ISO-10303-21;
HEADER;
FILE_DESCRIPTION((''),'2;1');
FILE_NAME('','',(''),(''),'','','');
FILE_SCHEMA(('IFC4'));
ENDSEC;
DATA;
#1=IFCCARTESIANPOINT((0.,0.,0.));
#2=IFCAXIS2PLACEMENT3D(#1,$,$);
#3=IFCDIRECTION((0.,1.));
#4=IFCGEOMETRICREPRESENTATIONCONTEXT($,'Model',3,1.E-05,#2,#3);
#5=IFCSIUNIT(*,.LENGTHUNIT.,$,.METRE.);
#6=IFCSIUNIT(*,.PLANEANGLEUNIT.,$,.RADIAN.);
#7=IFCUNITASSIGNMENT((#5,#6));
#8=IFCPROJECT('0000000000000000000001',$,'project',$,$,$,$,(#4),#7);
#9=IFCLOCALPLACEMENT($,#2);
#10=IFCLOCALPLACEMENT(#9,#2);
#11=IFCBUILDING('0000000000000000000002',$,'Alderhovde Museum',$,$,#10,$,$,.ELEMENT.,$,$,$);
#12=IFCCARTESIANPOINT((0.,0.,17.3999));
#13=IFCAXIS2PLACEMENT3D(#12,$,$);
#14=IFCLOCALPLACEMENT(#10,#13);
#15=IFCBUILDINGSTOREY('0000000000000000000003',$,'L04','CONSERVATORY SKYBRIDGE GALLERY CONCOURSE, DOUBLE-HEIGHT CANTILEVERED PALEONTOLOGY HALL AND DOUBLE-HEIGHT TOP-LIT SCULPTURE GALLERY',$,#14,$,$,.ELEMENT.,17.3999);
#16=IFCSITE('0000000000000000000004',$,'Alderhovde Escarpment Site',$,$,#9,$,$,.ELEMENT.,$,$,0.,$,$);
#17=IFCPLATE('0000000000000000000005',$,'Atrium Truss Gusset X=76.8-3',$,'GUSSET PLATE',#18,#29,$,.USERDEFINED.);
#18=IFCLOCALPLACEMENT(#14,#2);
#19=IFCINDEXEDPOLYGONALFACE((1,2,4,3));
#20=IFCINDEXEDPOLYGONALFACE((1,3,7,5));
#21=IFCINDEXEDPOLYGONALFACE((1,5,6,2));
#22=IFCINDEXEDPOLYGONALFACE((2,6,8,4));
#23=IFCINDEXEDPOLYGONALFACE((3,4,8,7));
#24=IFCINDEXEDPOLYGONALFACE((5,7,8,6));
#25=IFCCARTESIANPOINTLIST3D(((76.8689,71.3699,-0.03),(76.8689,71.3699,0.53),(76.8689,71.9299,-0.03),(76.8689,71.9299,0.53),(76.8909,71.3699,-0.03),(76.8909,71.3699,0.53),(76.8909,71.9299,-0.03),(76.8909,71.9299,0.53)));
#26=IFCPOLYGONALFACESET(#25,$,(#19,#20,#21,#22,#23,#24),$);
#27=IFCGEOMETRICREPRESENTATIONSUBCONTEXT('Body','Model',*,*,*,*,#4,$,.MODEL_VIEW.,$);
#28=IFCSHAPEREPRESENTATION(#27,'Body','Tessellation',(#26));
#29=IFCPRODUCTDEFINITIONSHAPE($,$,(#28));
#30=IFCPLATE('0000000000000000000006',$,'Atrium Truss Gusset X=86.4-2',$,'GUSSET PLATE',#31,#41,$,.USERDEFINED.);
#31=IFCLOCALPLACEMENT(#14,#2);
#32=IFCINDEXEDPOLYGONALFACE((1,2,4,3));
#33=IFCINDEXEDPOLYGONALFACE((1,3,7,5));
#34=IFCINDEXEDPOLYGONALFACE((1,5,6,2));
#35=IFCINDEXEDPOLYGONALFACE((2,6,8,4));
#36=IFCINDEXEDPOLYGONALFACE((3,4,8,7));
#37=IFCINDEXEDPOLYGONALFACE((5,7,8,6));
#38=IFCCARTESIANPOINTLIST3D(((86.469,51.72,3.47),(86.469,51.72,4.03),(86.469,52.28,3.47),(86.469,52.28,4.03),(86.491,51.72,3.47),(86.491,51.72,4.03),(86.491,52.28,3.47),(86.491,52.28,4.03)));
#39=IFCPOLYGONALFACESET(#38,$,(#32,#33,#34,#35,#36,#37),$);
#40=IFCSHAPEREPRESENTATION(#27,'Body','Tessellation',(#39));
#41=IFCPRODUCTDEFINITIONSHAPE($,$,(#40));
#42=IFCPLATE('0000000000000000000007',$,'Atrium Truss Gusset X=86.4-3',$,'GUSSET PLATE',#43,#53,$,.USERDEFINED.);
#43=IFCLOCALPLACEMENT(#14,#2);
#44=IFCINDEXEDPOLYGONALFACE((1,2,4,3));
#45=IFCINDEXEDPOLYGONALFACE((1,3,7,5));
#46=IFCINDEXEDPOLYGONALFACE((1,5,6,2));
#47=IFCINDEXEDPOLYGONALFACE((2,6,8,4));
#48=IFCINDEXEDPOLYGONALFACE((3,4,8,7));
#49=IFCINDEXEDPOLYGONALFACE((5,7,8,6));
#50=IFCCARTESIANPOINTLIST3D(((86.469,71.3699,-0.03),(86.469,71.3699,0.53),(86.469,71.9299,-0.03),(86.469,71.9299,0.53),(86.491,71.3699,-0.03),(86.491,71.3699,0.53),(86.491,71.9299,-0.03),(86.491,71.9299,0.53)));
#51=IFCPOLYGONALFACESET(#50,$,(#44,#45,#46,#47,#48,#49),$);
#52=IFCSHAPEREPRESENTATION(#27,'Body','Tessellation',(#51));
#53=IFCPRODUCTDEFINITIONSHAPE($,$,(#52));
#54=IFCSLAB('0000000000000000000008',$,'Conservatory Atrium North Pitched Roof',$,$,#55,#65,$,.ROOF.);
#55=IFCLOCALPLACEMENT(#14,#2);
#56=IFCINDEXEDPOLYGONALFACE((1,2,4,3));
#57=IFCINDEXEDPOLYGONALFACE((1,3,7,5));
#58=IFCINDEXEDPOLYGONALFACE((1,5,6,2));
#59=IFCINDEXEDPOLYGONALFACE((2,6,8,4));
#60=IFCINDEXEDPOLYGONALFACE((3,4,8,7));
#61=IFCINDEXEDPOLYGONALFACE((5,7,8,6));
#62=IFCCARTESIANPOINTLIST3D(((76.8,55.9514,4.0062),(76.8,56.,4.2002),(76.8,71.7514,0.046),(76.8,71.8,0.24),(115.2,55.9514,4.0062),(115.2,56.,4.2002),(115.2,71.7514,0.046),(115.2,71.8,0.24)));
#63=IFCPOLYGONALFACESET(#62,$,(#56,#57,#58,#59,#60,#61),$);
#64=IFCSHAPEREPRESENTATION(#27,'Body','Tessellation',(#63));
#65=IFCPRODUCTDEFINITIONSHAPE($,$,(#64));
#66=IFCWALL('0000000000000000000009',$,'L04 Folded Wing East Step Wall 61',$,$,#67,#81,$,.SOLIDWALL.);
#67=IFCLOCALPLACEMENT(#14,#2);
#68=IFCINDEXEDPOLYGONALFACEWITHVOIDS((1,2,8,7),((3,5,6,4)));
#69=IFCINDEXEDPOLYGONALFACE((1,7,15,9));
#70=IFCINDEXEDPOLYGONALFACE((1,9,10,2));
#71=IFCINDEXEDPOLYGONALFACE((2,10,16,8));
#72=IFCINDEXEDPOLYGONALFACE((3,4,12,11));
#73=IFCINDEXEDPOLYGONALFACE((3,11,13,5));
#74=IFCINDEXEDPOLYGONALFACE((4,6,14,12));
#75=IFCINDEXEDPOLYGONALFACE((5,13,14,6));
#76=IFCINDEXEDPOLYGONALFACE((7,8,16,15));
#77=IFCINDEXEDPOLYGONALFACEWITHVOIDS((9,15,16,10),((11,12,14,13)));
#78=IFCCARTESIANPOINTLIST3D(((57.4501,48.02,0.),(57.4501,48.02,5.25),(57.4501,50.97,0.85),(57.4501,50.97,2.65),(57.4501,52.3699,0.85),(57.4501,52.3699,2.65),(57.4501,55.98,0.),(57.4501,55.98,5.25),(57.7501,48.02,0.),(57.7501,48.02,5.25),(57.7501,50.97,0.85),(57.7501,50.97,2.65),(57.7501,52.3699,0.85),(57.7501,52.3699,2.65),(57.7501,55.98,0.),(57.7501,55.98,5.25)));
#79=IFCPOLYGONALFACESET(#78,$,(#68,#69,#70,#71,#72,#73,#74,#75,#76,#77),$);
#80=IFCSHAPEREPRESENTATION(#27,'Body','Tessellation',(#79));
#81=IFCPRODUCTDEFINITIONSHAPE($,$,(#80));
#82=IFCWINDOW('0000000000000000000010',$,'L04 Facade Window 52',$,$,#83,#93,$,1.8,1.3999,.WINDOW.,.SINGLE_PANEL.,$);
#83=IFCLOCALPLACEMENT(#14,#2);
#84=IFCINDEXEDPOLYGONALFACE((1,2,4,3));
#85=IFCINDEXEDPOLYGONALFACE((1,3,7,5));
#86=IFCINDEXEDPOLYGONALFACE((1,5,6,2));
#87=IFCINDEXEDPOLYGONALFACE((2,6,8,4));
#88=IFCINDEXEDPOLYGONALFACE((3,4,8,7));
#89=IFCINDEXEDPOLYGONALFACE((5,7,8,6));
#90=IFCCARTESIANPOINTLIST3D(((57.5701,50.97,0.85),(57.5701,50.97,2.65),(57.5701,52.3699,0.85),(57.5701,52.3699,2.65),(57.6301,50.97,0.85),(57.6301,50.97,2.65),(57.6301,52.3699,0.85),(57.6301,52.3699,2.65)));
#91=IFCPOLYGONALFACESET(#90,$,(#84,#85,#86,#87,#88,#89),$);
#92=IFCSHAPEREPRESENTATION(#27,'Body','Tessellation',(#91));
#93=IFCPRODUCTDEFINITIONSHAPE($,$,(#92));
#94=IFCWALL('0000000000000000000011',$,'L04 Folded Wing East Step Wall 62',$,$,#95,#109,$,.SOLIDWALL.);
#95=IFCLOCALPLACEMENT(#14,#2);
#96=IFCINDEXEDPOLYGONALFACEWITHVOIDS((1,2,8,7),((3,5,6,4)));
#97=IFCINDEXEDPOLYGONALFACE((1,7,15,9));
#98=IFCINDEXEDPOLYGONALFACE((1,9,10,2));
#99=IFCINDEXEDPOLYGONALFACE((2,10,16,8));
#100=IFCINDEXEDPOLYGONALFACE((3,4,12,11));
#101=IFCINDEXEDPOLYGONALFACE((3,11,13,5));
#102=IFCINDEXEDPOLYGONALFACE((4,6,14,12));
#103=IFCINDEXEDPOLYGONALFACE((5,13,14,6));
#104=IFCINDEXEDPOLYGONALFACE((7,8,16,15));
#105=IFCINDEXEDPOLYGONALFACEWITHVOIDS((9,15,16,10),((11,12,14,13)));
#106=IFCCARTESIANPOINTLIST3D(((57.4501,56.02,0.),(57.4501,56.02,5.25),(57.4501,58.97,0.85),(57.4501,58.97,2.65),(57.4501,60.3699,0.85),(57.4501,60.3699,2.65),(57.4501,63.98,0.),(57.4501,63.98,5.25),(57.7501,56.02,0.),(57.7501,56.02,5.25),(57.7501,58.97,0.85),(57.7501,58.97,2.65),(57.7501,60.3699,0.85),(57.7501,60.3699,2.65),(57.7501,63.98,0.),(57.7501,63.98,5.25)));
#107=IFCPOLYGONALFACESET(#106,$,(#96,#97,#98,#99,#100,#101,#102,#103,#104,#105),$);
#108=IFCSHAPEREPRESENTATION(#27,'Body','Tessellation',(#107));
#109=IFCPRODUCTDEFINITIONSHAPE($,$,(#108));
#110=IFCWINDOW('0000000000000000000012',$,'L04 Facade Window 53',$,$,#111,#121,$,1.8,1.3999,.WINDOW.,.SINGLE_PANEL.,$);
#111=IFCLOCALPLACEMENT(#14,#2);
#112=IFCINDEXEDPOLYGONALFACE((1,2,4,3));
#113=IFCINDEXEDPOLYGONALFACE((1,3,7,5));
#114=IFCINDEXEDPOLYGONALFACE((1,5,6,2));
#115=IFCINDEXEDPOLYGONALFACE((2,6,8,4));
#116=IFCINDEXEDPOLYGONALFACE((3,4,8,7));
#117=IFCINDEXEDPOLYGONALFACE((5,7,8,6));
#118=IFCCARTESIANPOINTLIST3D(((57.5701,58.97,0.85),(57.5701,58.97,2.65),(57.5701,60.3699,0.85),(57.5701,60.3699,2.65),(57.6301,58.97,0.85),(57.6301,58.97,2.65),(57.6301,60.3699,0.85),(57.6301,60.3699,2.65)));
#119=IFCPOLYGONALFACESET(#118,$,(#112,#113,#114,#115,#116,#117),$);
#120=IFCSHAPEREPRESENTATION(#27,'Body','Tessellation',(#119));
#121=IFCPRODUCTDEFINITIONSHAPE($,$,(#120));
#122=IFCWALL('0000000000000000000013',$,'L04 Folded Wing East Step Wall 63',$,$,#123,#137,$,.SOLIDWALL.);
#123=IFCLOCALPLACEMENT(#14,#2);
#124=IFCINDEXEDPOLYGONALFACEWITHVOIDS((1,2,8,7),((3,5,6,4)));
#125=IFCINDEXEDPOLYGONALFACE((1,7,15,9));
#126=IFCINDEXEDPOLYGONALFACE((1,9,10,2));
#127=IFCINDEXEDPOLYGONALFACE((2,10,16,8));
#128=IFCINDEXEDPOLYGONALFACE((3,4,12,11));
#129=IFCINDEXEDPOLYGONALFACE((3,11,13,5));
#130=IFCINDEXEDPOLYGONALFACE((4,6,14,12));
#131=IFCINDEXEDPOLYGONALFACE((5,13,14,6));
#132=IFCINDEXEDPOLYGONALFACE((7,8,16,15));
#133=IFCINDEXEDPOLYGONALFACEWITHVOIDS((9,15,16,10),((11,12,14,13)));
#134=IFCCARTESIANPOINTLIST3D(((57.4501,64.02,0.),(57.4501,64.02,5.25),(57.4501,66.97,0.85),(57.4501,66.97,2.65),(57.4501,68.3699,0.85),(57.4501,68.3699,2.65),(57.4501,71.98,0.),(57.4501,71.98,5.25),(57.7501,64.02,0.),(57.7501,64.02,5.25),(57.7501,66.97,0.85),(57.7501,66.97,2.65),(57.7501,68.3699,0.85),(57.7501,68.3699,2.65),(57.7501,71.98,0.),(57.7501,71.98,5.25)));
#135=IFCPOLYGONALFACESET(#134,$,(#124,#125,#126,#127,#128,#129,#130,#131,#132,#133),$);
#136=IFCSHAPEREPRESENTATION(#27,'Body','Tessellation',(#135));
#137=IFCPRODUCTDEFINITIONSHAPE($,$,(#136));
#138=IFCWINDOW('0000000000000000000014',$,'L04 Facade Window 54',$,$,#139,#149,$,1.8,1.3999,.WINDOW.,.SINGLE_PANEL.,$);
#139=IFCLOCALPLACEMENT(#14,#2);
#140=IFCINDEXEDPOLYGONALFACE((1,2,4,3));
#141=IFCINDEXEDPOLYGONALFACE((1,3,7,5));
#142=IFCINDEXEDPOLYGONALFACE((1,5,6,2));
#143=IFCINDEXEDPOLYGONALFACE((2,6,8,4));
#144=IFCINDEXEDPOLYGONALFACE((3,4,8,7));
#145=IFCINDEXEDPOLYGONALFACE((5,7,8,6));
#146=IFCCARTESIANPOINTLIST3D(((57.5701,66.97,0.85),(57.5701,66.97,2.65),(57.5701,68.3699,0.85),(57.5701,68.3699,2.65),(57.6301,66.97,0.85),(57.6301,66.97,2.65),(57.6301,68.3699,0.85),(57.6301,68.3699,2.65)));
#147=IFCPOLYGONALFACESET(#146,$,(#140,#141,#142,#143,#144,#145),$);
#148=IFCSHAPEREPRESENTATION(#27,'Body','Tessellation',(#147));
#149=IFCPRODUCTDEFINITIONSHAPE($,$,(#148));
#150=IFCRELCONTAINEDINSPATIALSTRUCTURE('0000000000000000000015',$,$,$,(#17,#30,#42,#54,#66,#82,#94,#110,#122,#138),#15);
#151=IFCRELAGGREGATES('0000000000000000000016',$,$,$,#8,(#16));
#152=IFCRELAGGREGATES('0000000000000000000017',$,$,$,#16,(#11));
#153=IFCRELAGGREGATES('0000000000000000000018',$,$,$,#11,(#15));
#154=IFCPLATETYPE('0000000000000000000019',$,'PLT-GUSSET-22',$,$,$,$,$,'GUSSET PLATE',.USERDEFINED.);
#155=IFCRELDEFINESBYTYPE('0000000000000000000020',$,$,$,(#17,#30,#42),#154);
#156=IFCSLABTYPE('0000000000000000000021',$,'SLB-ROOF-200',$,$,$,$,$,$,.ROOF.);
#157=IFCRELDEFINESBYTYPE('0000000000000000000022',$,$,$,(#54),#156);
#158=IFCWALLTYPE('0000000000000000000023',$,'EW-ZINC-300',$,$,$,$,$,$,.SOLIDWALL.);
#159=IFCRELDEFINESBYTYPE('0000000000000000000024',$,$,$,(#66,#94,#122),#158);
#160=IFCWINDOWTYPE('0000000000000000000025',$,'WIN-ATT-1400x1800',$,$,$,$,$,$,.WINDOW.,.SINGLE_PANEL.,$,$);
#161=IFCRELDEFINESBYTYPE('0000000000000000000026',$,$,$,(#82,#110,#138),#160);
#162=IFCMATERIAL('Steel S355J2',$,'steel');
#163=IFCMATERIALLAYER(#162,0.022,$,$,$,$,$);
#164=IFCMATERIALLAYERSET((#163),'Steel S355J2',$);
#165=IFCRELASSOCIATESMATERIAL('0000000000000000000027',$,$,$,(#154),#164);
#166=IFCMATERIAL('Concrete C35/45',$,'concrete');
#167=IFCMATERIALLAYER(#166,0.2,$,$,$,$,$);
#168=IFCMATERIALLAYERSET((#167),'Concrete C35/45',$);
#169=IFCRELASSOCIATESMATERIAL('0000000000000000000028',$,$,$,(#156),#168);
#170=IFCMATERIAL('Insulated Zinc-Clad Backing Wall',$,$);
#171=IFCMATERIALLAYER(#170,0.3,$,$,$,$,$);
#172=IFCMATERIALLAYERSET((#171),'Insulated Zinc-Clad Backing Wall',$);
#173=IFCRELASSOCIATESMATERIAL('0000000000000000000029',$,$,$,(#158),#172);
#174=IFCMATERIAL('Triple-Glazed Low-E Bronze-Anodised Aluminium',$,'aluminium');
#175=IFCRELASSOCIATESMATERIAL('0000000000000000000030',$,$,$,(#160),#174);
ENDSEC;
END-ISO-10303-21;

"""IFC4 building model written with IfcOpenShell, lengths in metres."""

from ifc_helpers import new_model, si_unit, direction, frame, frame_2d, origin, origin_2d, place, context, subcontext, project, spatial, polyline, rectangle, outline, extrude, material, layer, layer_set, type_object, element, fill, save


model = new_model("IFC4")

# Units and contexts
model_context = context("Model", 3, precision=1e-05, world=origin(), true_north=direction((0.0, 1.0)))
body_context = subcontext(model_context, "Body", "Model", "MODEL_VIEW")
ifc_project = project(units=[si_unit("LENGTHUNIT", "METRE"), si_unit("PLANEANGLEUNIT", "RADIAN")], contexts=[model_context])

# Site, building, storey
site_placement = place(None, origin())
site = spatial("IfcSite", under=ifc_project, at=site_placement, Name="Alderhovde Escarpment Site", CompositionType="ELEMENT", RefElevation=0.0)
building_placement = place(site_placement, origin())
building = spatial("IfcBuilding", under=site, at=building_placement, Name="Alderhovde Museum", CompositionType="ELEMENT")
storey_placement = place(building_placement, frame((0.0, 0.0, 17.3999)))
storey = spatial("IfcBuildingStorey", under=building, at=storey_placement, Name="L04", Description="CONSERVATORY SKYBRIDGE GALLERY CONCOURSE, DOUBLE-HEIGHT CANTILEVERED PALEONTOLOGY HALL AND DOUBLE-HEIGHT TOP-LIT SCULPTURE GALLERY", CompositionType="ELEMENT", Elevation=17.3999)

# Plates
ifc_material_1 = material(Name="Steel S355J2", Category="steel")
ifc_layer_1 = layer(ifc_material_1, 0.022)
ifc_layer_set_1 = layer_set([ifc_layer_1], Name="Steel S355J2")
plate_type_1 = type_object("IfcPlateType", Name="PLT-GUSSET-22", ElementType="GUSSET PLATE", PredefinedType="USERDEFINED", material=ifc_layer_set_1)
for number, where, z_axis, x_axis, name in (
    (1, (76.8799, 71.6499, -0.03), (0.0, 0.0, 1.0), (1.0, 0.0, 0.0), "Atrium Truss Gusset X=76.8-3"),
    (2, (86.48, 52.0, 3.47), (0.0, 0.0, 1.0), (1.0, 0.0, 0.0), "Atrium Truss Gusset X=86.4-2"),
    (3, (86.48, 71.6499, -0.03), (0.0, 0.0, 1.0), (1.0, 0.0, 0.0), "Atrium Truss Gusset X=86.4-3"),
):
    element("IfcPlate", number, at=place(storey_placement, frame(where, z_axis=z_axis, x_axis=x_axis)), inside=storey, type_object=plate_type_1, Name=name, ObjectType="GUSSET PLATE", PredefinedType="USERDEFINED", context=body_context, shape_type="SweptSolid", body=[
        extrude(rectangle(XDim=0.022, YDim=0.5601, at=origin_2d()), origin(), (0.0, 0.0, 1.0), 0.5601),
    ])

# Slab
ifc_material_2 = material(Name="Concrete C35/45", Category="concrete")
ifc_layer_2 = layer(ifc_material_2, 0.2)
ifc_layer_set_2 = layer_set([ifc_layer_2], Name="Concrete C35/45")
slab_type = type_object("IfcSlabType", Name="SLB-ROOF-200", PredefinedType="ROOF", material=ifc_layer_set_2)
slab_placement = place(storey_placement, frame((76.8, 56.0, 4.2002), z_axis=(0.0, 0.243125, 0.969995), x_axis=(1.0, 0.0, 0.0)))
element("IfcSlab", 4, at=slab_placement, inside=storey, type_object=slab_type, Name="Conservatory Atrium North Pitched Roof", PredefinedType="ROOF", context=body_context, shape_type="SweptSolid", body=[
    extrude(outline(polyline([(0.0, 0.0), (38.3999, 0.0), (38.3999, 16.2888), (0.0, 16.2888), (0.0, 0.0)])), origin(), (0.0, 0.0, -1.0), 0.2),
])

# Walls, openings, windows
ifc_material_3 = material(Name="Insulated Zinc-Clad Backing Wall")
ifc_layer_3 = layer(ifc_material_3, 0.3)
ifc_layer_set_3 = layer_set([ifc_layer_3], Name="Insulated Zinc-Clad Backing Wall")
wall_type = type_object("IfcWallType", Name="EW-ZINC-300", PredefinedType="SOLIDWALL", material=ifc_layer_set_3)
wall_1_placement = place(storey_placement, frame((57.6001, 48.02, 0.0), z_axis=(0.0, 0.0, 1.0), x_axis=(0.0, 1.0, 0.0)))
wall_1 = element("IfcWall", 5, at=wall_1_placement, inside=storey, type_object=wall_type, Name="L04 Folded Wing East Step Wall 61", PredefinedType="SOLIDWALL", context=body_context, shape_type="SweptSolid", body=[
    extrude(rectangle(XDim=7.96, YDim=0.3, at=frame_2d((3.98, 0.0))), origin(), (0.0, 0.0, 1.0), 5.25),
])
opening_1_placement = place(wall_1_placement, frame((2.95, 0.0, 0.8501)))
opening_1 = element("IfcOpeningElement", 6, at=opening_1_placement, cuts=wall_1, PredefinedType="OPENING", context=body_context, shape_type="SweptSolid", body=[
    extrude(rectangle(XDim=1.3999, YDim=1.8, at=frame_2d((0.7, 0.8999))), frame((0.0, 0.1599, 0.0), z_axis=(0.0, -1.0, 0.0), x_axis=(1.0, 0.0, 0.0)), (0.0, 0.0, 1.0), 0.3201),
])
ifc_material_4 = material(Name="Triple-Glazed Low-E Bronze-Anodised Aluminium", Category="aluminium")
window_type = type_object("IfcWindowType", Name="WIN-ATT-1400x1800", PartitioningType="SINGLE_PANEL", PredefinedType="WINDOW", material=ifc_material_4)
window_1_placement = place(opening_1_placement, origin())
window_1 = element("IfcWindow", 7, at=window_1_placement, inside=storey, type_object=window_type, Name="L04 Facade Window 52", OverallHeight=1.8, OverallWidth=1.3999, PartitioningType="SINGLE_PANEL", PredefinedType="WINDOW", context=body_context, shape_type="SweptSolid", body=[
    extrude(rectangle(XDim=1.3999, YDim=1.8, at=frame_2d((0.7, 0.8999))), frame((0.0, 0.03, 0.0), z_axis=(0.0, -1.0, 0.0), x_axis=(1.0, 0.0, 0.0)), (0.0, 0.0, 1.0), 0.0601),
])
fill(opening_1, window_1)
wall_2_placement = place(storey_placement, frame((57.6001, 56.02, 0.0), z_axis=(0.0, 0.0, 1.0), x_axis=(0.0, 1.0, 0.0)))
wall_2 = element("IfcWall", 8, at=wall_2_placement, inside=storey, type_object=wall_type, Name="L04 Folded Wing East Step Wall 62", PredefinedType="SOLIDWALL", context=body_context, shape_type="SweptSolid", body=[
    extrude(rectangle(XDim=7.96, YDim=0.3, at=frame_2d((3.98, 0.0))), origin(), (0.0, 0.0, 1.0), 5.25),
])
opening_2_placement = place(wall_2_placement, frame((2.95, 0.0, 0.8501)))
opening_2 = element("IfcOpeningElement", 9, at=opening_2_placement, cuts=wall_2, PredefinedType="OPENING", context=body_context, shape_type="SweptSolid", body=[
    extrude(rectangle(XDim=1.3999, YDim=1.8, at=frame_2d((0.7, 0.8999))), frame((0.0, 0.1599, 0.0), z_axis=(0.0, -1.0, 0.0), x_axis=(1.0, 0.0, 0.0)), (0.0, 0.0, 1.0), 0.3201),
])
window_2_placement = place(opening_2_placement, origin())
window_2 = element("IfcWindow", 10, at=window_2_placement, inside=storey, type_object=window_type, Name="L04 Facade Window 53", OverallHeight=1.8, OverallWidth=1.3999, PartitioningType="SINGLE_PANEL", PredefinedType="WINDOW", context=body_context, shape_type="SweptSolid", body=[
    extrude(rectangle(XDim=1.3999, YDim=1.8, at=frame_2d((0.7, 0.8999))), frame((0.0, 0.03, 0.0), z_axis=(0.0, -1.0, 0.0), x_axis=(1.0, 0.0, 0.0)), (0.0, 0.0, 1.0), 0.0601),
])
fill(opening_2, window_2)
wall_3_placement = place(storey_placement, frame((57.6001, 64.02, 0.0), z_axis=(0.0, 0.0, 1.0), x_axis=(0.0, 1.0, 0.0)))
wall_3 = element("IfcWall", 11, at=wall_3_placement, inside=storey, type_object=wall_type, Name="L04 Folded Wing East Step Wall 63", PredefinedType="SOLIDWALL", context=body_context, shape_type="SweptSolid", body=[
    extrude(rectangle(XDim=7.96, YDim=0.3, at=frame_2d((3.98, 0.0))), origin(), (0.0, 0.0, 1.0), 5.25),
])
opening_3_placement = place(wall_3_placement, frame((2.95, 0.0, 0.8501)))
opening_3 = element("IfcOpeningElement", 12, at=opening_3_placement, cuts=wall_3, PredefinedType="OPENING", context=body_context, shape_type="SweptSolid", body=[
    extrude(rectangle(XDim=1.3999, YDim=1.8, at=frame_2d((0.7, 0.8999))), frame((0.0, 0.1599, 0.0), z_axis=(0.0, -1.0, 0.0), x_axis=(1.0, 0.0, 0.0)), (0.0, 0.0, 1.0), 0.3201),
])
window_3_placement = place(opening_3_placement, origin())
window_3 = element("IfcWindow", 13, at=window_3_placement, inside=storey, type_object=window_type, Name="L04 Facade Window 54", OverallHeight=1.8, OverallWidth=1.3999, PartitioningType="SINGLE_PANEL", PredefinedType="WINDOW", context=body_context, shape_type="SweptSolid", body=[
    extrude(rectangle(XDim=1.3999, YDim=1.8, at=frame_2d((0.7, 0.8999))), frame((0.0, 0.03, 0.0), z_axis=(0.0, -1.0, 0.0), x_axis=(1.0, 0.0, 0.0)), (0.0, 0.0, 1.0), 0.0601),
])
fill(opening_3, window_3)

save(model, "model.ifc")
